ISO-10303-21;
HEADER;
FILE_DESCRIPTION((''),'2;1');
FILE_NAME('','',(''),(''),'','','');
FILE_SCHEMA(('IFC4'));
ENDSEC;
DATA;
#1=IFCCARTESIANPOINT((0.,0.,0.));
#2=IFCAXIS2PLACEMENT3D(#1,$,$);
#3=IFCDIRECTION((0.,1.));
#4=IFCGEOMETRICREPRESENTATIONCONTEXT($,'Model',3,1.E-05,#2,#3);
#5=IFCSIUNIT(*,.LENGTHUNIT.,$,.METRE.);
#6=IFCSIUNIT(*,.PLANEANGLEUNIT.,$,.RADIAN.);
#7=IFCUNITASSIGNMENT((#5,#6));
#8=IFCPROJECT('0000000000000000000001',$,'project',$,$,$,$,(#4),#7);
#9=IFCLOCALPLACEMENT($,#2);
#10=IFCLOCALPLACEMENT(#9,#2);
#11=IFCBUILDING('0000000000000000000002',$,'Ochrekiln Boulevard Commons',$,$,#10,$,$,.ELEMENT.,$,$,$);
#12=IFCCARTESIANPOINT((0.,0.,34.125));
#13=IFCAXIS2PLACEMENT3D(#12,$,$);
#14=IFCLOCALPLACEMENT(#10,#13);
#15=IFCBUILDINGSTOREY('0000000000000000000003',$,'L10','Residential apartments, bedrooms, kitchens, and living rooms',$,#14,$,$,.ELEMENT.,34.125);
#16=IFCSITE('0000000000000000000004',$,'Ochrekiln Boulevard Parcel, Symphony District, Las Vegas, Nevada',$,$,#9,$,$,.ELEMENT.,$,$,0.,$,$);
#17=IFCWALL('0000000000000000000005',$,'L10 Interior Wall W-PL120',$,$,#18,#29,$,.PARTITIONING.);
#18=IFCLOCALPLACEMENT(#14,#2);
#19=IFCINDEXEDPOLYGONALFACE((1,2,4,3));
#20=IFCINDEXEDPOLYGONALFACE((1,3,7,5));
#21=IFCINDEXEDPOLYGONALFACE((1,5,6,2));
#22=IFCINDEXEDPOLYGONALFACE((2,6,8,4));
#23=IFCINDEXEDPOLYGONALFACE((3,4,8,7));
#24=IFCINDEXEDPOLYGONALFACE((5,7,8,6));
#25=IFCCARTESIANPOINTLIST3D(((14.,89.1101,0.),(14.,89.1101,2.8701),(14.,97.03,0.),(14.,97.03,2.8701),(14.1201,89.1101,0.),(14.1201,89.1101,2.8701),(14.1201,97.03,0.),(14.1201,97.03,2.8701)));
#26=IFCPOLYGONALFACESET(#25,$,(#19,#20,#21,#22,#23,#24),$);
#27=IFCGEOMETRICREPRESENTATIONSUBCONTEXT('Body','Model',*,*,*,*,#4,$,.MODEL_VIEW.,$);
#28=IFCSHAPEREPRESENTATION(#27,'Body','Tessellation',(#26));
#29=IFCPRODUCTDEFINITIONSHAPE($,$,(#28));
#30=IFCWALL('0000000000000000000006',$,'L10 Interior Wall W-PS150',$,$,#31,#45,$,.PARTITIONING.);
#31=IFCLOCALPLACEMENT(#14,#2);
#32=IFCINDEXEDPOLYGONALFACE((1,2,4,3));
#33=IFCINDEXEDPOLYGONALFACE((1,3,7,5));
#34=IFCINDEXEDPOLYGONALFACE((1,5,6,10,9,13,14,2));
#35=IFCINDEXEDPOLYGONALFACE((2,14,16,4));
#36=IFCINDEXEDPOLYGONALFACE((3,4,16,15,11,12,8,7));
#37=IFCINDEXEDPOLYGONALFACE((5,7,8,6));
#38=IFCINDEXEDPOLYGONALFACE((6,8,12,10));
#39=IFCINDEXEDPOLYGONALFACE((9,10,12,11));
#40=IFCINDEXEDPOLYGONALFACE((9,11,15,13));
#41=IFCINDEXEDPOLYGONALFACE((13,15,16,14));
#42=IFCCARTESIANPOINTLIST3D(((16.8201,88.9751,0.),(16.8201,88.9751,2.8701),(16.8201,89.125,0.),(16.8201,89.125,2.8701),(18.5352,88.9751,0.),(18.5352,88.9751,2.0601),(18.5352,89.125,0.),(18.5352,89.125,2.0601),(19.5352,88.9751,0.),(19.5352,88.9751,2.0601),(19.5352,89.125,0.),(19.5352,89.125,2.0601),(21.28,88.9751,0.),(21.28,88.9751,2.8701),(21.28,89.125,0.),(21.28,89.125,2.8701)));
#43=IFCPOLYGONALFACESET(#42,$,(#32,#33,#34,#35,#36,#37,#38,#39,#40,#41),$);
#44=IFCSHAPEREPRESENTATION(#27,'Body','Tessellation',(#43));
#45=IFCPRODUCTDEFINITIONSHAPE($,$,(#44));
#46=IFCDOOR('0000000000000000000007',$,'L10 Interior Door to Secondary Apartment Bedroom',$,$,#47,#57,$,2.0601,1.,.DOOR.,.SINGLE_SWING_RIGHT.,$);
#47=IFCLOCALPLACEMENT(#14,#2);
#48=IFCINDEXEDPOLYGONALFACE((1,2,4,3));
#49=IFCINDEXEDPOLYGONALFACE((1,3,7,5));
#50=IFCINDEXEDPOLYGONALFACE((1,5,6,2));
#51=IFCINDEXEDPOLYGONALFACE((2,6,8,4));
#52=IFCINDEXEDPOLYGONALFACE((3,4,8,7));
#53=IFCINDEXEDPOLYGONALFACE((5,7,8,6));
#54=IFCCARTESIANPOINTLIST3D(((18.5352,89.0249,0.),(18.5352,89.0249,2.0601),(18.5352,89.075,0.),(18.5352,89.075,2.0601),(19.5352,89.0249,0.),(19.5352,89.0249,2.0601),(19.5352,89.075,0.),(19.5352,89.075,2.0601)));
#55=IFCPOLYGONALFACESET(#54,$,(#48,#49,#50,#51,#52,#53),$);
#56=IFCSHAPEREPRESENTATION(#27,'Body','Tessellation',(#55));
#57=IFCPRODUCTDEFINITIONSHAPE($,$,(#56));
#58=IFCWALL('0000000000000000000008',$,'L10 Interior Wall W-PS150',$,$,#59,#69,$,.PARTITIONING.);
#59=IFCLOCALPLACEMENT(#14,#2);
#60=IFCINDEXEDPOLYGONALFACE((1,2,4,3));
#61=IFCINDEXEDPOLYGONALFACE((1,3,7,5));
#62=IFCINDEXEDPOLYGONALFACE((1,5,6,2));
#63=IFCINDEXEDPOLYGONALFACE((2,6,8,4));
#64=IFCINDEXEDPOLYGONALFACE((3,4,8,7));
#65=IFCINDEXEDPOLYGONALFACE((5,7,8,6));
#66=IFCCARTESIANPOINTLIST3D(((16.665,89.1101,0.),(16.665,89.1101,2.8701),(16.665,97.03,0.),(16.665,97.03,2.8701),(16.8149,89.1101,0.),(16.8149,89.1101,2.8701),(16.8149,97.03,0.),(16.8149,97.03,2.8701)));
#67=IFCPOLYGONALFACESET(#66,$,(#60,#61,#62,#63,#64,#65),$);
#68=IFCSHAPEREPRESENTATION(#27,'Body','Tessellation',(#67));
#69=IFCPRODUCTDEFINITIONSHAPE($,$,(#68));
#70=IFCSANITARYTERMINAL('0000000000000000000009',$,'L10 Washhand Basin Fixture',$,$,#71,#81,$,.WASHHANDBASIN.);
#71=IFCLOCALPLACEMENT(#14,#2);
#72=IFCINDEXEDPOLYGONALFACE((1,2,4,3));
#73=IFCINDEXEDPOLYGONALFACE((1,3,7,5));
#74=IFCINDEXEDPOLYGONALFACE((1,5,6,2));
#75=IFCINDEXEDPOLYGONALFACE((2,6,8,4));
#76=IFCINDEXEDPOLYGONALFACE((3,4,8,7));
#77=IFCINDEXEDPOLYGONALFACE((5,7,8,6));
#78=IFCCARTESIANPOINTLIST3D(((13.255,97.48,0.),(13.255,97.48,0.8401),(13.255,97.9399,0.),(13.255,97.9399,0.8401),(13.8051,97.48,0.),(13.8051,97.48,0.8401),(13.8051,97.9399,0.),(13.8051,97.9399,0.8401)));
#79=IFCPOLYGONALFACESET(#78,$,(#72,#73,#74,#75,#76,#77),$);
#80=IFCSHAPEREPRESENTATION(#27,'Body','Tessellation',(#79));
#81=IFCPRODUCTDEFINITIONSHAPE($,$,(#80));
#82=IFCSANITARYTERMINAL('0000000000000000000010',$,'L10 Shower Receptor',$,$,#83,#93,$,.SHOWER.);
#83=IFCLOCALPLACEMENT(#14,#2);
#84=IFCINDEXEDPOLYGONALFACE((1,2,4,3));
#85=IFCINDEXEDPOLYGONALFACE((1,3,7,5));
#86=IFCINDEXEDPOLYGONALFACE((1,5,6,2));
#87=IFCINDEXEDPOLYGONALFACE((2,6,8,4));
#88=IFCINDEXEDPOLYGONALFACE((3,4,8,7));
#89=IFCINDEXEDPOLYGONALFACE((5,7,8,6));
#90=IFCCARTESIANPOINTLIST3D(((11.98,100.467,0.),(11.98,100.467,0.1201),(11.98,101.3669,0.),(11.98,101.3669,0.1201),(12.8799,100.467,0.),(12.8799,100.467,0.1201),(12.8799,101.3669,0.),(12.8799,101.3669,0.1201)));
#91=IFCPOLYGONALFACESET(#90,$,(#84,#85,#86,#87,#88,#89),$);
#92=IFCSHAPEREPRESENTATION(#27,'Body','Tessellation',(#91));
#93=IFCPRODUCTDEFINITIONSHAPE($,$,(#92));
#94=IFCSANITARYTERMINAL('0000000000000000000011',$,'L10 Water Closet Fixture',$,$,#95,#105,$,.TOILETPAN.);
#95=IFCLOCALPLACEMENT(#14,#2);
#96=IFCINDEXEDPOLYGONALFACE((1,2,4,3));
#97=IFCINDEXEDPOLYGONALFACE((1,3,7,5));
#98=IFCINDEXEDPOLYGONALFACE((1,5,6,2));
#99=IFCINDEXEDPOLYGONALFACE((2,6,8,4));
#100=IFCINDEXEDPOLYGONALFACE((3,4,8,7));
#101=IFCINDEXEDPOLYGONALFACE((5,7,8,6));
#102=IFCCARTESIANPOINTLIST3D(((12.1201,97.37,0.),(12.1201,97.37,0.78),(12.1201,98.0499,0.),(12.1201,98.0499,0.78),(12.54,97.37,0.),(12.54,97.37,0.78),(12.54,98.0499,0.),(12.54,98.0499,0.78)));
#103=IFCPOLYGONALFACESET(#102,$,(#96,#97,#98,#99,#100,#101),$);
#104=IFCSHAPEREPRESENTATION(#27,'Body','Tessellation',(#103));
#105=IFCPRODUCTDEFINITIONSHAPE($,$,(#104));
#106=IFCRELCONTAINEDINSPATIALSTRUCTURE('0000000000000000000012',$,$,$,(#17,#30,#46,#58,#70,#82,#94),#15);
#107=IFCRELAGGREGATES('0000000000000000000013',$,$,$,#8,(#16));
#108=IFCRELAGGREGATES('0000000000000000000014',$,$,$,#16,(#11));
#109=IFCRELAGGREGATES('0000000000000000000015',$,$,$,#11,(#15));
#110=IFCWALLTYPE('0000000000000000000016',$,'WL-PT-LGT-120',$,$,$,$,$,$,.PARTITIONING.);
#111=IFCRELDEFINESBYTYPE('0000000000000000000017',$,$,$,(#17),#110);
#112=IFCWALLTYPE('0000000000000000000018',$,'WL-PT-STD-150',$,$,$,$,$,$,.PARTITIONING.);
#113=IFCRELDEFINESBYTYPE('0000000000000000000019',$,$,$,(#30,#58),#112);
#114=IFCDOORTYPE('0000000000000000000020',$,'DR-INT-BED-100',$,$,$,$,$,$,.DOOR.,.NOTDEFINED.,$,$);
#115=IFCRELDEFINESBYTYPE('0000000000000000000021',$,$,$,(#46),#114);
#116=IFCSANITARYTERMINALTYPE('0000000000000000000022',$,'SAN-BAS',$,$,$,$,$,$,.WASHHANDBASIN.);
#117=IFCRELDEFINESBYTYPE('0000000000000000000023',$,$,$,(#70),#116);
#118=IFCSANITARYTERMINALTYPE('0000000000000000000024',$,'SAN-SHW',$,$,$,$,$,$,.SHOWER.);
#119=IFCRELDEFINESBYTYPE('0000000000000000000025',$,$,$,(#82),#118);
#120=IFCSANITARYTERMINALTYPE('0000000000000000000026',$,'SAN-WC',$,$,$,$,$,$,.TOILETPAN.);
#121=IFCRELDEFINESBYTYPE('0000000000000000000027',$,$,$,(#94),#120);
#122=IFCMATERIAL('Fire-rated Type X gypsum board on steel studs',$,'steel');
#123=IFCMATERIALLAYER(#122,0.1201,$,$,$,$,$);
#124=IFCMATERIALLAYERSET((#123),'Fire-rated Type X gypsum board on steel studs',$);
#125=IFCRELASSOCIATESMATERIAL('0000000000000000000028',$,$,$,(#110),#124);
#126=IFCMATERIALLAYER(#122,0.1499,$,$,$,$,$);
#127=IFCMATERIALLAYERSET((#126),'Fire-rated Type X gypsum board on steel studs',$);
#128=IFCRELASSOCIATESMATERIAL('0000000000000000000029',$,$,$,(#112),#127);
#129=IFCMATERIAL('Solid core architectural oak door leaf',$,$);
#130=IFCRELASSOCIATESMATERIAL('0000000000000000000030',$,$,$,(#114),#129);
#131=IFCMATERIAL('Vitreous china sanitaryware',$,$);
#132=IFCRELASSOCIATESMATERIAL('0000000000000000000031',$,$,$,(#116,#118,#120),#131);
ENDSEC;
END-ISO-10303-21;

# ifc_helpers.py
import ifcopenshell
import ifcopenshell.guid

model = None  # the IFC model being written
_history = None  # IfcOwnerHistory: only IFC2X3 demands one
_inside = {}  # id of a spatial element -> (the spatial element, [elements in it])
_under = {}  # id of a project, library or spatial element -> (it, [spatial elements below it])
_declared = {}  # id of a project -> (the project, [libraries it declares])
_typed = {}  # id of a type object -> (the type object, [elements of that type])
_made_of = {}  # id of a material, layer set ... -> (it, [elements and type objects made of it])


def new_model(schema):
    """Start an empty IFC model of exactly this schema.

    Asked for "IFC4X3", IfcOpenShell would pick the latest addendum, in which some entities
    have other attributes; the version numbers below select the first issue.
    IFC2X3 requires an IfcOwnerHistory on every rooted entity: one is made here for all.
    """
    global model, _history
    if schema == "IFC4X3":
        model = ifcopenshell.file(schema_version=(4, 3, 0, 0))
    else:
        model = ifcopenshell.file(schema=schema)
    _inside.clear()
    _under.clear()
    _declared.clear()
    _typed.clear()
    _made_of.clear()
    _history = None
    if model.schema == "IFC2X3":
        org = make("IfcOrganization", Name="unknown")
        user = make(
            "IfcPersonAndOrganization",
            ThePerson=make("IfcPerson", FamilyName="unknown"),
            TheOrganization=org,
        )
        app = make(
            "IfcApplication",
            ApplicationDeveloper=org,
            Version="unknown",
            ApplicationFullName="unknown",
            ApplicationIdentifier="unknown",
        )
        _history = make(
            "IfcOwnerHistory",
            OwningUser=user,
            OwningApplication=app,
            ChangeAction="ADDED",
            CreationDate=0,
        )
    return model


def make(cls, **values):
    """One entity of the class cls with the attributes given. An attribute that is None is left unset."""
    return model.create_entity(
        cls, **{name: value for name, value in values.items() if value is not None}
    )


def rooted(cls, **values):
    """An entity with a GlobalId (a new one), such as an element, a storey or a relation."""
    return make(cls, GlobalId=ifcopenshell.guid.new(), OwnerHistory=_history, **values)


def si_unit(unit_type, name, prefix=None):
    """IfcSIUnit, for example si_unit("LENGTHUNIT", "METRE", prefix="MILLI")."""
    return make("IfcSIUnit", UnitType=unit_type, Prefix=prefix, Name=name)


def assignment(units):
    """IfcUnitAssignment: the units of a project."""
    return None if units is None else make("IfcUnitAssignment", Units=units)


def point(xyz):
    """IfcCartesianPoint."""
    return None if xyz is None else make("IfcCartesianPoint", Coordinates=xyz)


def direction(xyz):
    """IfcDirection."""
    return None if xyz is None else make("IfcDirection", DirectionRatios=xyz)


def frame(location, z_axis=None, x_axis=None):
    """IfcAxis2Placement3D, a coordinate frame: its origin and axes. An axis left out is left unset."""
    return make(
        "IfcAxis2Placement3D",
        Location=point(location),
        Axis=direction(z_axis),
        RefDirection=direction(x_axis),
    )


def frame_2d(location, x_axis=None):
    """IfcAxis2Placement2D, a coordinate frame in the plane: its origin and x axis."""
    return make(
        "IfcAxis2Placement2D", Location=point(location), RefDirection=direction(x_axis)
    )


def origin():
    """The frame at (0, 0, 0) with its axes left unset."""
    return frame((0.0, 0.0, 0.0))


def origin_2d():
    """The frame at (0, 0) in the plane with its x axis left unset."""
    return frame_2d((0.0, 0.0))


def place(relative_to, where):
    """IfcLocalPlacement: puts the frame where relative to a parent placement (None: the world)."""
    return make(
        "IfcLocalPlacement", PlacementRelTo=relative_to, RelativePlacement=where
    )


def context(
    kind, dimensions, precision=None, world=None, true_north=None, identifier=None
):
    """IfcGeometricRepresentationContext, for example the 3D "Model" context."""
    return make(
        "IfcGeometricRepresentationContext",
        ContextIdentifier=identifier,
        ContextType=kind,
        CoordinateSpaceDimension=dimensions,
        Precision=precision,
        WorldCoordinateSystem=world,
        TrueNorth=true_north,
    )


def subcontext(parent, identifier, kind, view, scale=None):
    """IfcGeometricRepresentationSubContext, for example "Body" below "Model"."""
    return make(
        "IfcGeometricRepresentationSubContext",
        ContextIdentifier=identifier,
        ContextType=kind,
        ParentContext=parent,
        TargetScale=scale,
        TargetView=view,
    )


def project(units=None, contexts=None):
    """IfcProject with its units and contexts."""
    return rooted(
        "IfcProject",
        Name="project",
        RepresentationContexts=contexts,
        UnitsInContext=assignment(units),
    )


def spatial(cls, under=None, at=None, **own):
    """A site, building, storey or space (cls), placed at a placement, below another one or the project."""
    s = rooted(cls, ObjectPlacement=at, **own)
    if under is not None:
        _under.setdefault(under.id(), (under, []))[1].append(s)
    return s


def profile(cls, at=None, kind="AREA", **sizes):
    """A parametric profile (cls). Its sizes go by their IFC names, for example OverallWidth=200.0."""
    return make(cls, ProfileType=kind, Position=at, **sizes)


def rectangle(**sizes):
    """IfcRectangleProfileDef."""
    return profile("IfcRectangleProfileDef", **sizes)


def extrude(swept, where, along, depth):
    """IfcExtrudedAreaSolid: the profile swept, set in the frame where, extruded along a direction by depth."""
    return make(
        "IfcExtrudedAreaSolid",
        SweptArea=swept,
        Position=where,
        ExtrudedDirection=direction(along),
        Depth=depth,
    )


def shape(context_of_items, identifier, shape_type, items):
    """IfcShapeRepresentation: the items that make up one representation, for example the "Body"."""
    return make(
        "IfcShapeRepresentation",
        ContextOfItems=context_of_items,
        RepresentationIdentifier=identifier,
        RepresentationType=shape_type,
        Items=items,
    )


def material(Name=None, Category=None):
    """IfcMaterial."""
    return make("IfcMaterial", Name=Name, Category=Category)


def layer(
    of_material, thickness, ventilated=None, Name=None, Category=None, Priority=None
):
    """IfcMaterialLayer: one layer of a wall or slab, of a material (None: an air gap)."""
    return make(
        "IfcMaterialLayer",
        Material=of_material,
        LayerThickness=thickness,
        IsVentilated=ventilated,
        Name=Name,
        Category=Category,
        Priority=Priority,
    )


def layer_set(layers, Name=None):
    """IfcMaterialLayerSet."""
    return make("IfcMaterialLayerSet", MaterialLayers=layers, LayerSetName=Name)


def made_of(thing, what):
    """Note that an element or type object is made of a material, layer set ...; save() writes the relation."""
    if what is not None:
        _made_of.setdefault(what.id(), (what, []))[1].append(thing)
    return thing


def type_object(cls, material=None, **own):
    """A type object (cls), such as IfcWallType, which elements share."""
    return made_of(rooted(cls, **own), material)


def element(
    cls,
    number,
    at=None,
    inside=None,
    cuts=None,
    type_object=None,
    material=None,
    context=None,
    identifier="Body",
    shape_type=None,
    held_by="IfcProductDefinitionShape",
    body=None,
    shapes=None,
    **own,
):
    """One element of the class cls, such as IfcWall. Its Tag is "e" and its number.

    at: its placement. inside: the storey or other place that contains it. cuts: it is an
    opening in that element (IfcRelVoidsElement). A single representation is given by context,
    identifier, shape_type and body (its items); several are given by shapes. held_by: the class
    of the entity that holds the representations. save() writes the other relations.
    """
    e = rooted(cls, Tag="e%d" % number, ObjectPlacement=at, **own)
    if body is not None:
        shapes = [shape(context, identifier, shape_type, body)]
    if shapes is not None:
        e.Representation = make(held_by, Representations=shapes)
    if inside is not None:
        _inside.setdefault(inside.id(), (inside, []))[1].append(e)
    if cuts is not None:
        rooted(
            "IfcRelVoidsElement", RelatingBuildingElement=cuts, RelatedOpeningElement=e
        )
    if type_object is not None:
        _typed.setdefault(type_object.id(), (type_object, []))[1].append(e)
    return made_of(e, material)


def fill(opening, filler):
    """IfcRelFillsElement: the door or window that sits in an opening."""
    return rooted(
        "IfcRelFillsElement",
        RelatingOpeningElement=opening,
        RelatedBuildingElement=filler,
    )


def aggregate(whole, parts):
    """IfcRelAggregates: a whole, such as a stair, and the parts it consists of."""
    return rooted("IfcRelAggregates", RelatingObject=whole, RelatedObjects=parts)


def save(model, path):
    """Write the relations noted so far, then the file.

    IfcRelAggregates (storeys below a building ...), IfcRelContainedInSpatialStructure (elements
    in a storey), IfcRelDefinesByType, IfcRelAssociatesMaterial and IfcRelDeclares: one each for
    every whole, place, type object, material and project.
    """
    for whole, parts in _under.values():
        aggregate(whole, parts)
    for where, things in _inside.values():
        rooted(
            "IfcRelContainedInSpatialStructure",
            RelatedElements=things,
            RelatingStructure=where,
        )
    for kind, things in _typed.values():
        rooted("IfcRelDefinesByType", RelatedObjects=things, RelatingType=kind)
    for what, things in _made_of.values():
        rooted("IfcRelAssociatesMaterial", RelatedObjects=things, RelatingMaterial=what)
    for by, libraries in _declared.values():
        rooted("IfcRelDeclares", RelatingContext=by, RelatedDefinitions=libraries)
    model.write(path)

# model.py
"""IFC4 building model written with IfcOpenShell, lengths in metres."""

from ifc_helpers import new_model, si_unit, direction, frame, frame_2d, origin, origin_2d, place, context, subcontext, project, spatial, rectangle, extrude, material, layer, layer_set, type_object, element, fill, save


model = new_model("IFC4")

# Units and contexts
model_context = context("Model", 3, precision=1e-05, world=origin(), true_north=direction((0.0, 1.0)))
body_context = subcontext(model_context, "Body", "Model", "MODEL_VIEW")
ifc_project = project(units=[si_unit("LENGTHUNIT", "METRE"), si_unit("PLANEANGLEUNIT", "RADIAN")], contexts=[model_context])

# Site, building, storey
site_placement = place(None, origin())
site = spatial("IfcSite", under=ifc_project, at=site_placement, Name="Ochrekiln Boulevard Parcel, Symphony District, Las Vegas, Nevada", CompositionType="ELEMENT", RefElevation=0.0)
building_placement = place(site_placement, origin())
building = spatial("IfcBuilding", under=site, at=building_placement, Name="Ochrekiln Boulevard Commons", CompositionType="ELEMENT")
storey_placement = place(building_placement, frame((0.0, 0.0, 34.125)))
storey = spatial("IfcBuildingStorey", under=building, at=storey_placement, Name="L10", Description="Residential apartments, bedrooms, kitchens, and living rooms", CompositionType="ELEMENT", Elevation=34.125)

# Shared definitions
ifc_material_1 = material(Name="Fire-rated Type X gypsum board on steel studs", Category="steel")

# Shared definitions
ifc_layer_1 = layer(ifc_material_1, 0.1201)
ifc_layer_set_1 = layer_set([ifc_layer_1], Name="Fire-rated Type X gypsum board on steel studs")
wall_type_1 = type_object("IfcWallType", Name="WL-PT-LGT-120", PredefinedType="PARTITIONING", material=ifc_layer_set_1)
ifc_material_2 = material(Name="Solid core architectural oak door leaf")

# Wall
wall_1_placement = place(storey_placement, frame((14.0601, 89.1101, 0.0), z_axis=(0.0, 0.0, 1.0), x_axis=(0.0, 1.0, 0.0)))
element("IfcWall", 1, at=wall_1_placement, inside=storey, type_object=wall_type_1, Name="L10 Interior Wall W-PL120", PredefinedType="PARTITIONING", context=body_context, shape_type="SweptSolid", body=[
    extrude(rectangle(XDim=7.9199, YDim=0.1201, at=frame_2d((3.96, 0.0))), origin(), (0.0, 0.0, 1.0), 2.8701),
])

# Wall, opening, door
ifc_layer_2 = layer(ifc_material_1, 0.1499)
ifc_layer_set_2 = layer_set([ifc_layer_2], Name="Fire-rated Type X gypsum board on steel studs")
wall_type_2 = type_object("IfcWallType", Name="WL-PT-STD-150", PredefinedType="PARTITIONING", material=ifc_layer_set_2)
wall_2_placement = place(storey_placement, frame((16.8201, 89.05, 0.0), z_axis=(0.0, 0.0, 1.0), x_axis=(1.0, 0.0, 0.0)))
wall_2 = element("IfcWall", 2, at=wall_2_placement, inside=storey, type_object=wall_type_2, Name="L10 Interior Wall W-PS150", PredefinedType="PARTITIONING", context=body_context, shape_type="SweptSolid", body=[
    extrude(rectangle(XDim=4.46, YDim=0.1499, at=frame_2d((2.23, 0.0))), origin(), (0.0, 0.0, 1.0), 2.8701),
])
opening_1_placement = place(wall_2_placement, frame((1.7151, 0.0, 0.0)))
opening_1 = element("IfcOpeningElement", 3, at=opening_1_placement, cuts=wall_2, PredefinedType="OPENING", context=body_context, shape_type="SweptSolid", body=[
    extrude(rectangle(XDim=1.0, YDim=2.0601, at=frame_2d((0.5, 1.03))), frame((0.0, 0.085, 0.0), z_axis=(0.0, -1.0, 0.0), x_axis=(1.0, 0.0, 0.0)), (0.0, 0.0, 1.0), 0.1699),
])
door_type_1 = type_object("IfcDoorType", Name="DR-INT-BED-100", OperationType="NOTDEFINED", PredefinedType="DOOR", material=ifc_material_2)
door_1_placement = place(opening_1_placement, origin())
door_1 = element("IfcDoor", 4, at=door_1_placement, inside=storey, type_object=door_type_1, Name="L10 Interior Door to Secondary Apartment Bedroom", OperationType="SINGLE_SWING_RIGHT", OverallHeight=2.0601, OverallWidth=1.0, PredefinedType="DOOR", context=body_context, shape_type="SweptSolid", body=[
    extrude(rectangle(XDim=1.0, YDim=2.0601, at=frame_2d((0.5, 1.03))), frame((0.0, 0.0249, 0.0), z_axis=(0.0, -1.0, 0.0), x_axis=(1.0, 0.0, 0.0)), (0.0, 0.0, 1.0), 0.05),
])
fill(opening_1, door_1)

# Wall
wall_3_placement = place(storey_placement, frame((16.74, 89.1101, 0.0), z_axis=(0.0, 0.0, 1.0), x_axis=(0.0, 1.0, 0.0)))
element("IfcWall", 5, at=wall_3_placement, inside=storey, type_object=wall_type_2, Name="L10 Interior Wall W-PS150", PredefinedType="PARTITIONING", context=body_context, shape_type="SweptSolid", body=[
    extrude(rectangle(XDim=7.9199, YDim=0.1499, at=frame_2d((3.96, 0.0))), origin(), (0.0, 0.0, 1.0), 2.8701),
])

# Sanitary terminals
ifc_material_3 = material(Name="Vitreous china sanitaryware")
sanitary_terminal_type_1 = type_object("IfcSanitaryTerminalType", Name="SAN-BAS", PredefinedType="WASHHANDBASIN", material=ifc_material_3)
sanitary_terminal_1_placement = place(storey_placement, frame((13.53, 97.71, 0.0), z_axis=(0.0, 0.0, 1.0), x_axis=(1.0, 0.0, 0.0)))
element("IfcSanitaryTerminal", 6, at=sanitary_terminal_1_placement, inside=storey, type_object=sanitary_terminal_type_1, Name="L10 Washhand Basin Fixture", PredefinedType="WASHHANDBASIN", context=body_context, shape_type="SweptSolid", body=[
    extrude(rectangle(XDim=0.55, YDim=0.46, at=origin_2d()), origin(), (0.0, 0.0, 1.0), 0.8401),
])
sanitary_terminal_type_2 = type_object("IfcSanitaryTerminalType", Name="SAN-SHW", PredefinedType="SHOWER", material=ifc_material_3)
sanitary_terminal_2_placement = place(storey_placement, frame((12.4299, 100.917, 0.0), z_axis=(0.0, 0.0, 1.0), x_axis=(1.0, 0.0, 0.0)))
element("IfcSanitaryTerminal", 7, at=sanitary_terminal_2_placement, inside=storey, type_object=sanitary_terminal_type_2, Name="L10 Shower Receptor", PredefinedType="SHOWER", context=body_context, shape_type="SweptSolid", body=[
    extrude(rectangle(XDim=0.8999, YDim=0.8999, at=origin_2d()), origin(), (0.0, 0.0, 1.0), 0.1201),
])
sanitary_terminal_type_3 = type_object("IfcSanitaryTerminalType", Name="SAN-WC", PredefinedType="TOILETPAN", material=ifc_material_3)
sanitary_terminal_3_placement = place(storey_placement, frame((12.3301, 97.71, 0.0), z_axis=(0.0, 0.0, 1.0), x_axis=(1.0, 0.0, 0.0)))
element("IfcSanitaryTerminal", 8, at=sanitary_terminal_3_placement, inside=storey, type_object=sanitary_terminal_type_3, Name="L10 Water Closet Fixture", PredefinedType="TOILETPAN", context=body_context, shape_type="SweptSolid", body=[
    extrude(rectangle(XDim=0.4199, YDim=0.6799, at=origin_2d()), origin(), (0.0, 0.0, 1.0), 0.78),
])

save(model, "model.ifc")
